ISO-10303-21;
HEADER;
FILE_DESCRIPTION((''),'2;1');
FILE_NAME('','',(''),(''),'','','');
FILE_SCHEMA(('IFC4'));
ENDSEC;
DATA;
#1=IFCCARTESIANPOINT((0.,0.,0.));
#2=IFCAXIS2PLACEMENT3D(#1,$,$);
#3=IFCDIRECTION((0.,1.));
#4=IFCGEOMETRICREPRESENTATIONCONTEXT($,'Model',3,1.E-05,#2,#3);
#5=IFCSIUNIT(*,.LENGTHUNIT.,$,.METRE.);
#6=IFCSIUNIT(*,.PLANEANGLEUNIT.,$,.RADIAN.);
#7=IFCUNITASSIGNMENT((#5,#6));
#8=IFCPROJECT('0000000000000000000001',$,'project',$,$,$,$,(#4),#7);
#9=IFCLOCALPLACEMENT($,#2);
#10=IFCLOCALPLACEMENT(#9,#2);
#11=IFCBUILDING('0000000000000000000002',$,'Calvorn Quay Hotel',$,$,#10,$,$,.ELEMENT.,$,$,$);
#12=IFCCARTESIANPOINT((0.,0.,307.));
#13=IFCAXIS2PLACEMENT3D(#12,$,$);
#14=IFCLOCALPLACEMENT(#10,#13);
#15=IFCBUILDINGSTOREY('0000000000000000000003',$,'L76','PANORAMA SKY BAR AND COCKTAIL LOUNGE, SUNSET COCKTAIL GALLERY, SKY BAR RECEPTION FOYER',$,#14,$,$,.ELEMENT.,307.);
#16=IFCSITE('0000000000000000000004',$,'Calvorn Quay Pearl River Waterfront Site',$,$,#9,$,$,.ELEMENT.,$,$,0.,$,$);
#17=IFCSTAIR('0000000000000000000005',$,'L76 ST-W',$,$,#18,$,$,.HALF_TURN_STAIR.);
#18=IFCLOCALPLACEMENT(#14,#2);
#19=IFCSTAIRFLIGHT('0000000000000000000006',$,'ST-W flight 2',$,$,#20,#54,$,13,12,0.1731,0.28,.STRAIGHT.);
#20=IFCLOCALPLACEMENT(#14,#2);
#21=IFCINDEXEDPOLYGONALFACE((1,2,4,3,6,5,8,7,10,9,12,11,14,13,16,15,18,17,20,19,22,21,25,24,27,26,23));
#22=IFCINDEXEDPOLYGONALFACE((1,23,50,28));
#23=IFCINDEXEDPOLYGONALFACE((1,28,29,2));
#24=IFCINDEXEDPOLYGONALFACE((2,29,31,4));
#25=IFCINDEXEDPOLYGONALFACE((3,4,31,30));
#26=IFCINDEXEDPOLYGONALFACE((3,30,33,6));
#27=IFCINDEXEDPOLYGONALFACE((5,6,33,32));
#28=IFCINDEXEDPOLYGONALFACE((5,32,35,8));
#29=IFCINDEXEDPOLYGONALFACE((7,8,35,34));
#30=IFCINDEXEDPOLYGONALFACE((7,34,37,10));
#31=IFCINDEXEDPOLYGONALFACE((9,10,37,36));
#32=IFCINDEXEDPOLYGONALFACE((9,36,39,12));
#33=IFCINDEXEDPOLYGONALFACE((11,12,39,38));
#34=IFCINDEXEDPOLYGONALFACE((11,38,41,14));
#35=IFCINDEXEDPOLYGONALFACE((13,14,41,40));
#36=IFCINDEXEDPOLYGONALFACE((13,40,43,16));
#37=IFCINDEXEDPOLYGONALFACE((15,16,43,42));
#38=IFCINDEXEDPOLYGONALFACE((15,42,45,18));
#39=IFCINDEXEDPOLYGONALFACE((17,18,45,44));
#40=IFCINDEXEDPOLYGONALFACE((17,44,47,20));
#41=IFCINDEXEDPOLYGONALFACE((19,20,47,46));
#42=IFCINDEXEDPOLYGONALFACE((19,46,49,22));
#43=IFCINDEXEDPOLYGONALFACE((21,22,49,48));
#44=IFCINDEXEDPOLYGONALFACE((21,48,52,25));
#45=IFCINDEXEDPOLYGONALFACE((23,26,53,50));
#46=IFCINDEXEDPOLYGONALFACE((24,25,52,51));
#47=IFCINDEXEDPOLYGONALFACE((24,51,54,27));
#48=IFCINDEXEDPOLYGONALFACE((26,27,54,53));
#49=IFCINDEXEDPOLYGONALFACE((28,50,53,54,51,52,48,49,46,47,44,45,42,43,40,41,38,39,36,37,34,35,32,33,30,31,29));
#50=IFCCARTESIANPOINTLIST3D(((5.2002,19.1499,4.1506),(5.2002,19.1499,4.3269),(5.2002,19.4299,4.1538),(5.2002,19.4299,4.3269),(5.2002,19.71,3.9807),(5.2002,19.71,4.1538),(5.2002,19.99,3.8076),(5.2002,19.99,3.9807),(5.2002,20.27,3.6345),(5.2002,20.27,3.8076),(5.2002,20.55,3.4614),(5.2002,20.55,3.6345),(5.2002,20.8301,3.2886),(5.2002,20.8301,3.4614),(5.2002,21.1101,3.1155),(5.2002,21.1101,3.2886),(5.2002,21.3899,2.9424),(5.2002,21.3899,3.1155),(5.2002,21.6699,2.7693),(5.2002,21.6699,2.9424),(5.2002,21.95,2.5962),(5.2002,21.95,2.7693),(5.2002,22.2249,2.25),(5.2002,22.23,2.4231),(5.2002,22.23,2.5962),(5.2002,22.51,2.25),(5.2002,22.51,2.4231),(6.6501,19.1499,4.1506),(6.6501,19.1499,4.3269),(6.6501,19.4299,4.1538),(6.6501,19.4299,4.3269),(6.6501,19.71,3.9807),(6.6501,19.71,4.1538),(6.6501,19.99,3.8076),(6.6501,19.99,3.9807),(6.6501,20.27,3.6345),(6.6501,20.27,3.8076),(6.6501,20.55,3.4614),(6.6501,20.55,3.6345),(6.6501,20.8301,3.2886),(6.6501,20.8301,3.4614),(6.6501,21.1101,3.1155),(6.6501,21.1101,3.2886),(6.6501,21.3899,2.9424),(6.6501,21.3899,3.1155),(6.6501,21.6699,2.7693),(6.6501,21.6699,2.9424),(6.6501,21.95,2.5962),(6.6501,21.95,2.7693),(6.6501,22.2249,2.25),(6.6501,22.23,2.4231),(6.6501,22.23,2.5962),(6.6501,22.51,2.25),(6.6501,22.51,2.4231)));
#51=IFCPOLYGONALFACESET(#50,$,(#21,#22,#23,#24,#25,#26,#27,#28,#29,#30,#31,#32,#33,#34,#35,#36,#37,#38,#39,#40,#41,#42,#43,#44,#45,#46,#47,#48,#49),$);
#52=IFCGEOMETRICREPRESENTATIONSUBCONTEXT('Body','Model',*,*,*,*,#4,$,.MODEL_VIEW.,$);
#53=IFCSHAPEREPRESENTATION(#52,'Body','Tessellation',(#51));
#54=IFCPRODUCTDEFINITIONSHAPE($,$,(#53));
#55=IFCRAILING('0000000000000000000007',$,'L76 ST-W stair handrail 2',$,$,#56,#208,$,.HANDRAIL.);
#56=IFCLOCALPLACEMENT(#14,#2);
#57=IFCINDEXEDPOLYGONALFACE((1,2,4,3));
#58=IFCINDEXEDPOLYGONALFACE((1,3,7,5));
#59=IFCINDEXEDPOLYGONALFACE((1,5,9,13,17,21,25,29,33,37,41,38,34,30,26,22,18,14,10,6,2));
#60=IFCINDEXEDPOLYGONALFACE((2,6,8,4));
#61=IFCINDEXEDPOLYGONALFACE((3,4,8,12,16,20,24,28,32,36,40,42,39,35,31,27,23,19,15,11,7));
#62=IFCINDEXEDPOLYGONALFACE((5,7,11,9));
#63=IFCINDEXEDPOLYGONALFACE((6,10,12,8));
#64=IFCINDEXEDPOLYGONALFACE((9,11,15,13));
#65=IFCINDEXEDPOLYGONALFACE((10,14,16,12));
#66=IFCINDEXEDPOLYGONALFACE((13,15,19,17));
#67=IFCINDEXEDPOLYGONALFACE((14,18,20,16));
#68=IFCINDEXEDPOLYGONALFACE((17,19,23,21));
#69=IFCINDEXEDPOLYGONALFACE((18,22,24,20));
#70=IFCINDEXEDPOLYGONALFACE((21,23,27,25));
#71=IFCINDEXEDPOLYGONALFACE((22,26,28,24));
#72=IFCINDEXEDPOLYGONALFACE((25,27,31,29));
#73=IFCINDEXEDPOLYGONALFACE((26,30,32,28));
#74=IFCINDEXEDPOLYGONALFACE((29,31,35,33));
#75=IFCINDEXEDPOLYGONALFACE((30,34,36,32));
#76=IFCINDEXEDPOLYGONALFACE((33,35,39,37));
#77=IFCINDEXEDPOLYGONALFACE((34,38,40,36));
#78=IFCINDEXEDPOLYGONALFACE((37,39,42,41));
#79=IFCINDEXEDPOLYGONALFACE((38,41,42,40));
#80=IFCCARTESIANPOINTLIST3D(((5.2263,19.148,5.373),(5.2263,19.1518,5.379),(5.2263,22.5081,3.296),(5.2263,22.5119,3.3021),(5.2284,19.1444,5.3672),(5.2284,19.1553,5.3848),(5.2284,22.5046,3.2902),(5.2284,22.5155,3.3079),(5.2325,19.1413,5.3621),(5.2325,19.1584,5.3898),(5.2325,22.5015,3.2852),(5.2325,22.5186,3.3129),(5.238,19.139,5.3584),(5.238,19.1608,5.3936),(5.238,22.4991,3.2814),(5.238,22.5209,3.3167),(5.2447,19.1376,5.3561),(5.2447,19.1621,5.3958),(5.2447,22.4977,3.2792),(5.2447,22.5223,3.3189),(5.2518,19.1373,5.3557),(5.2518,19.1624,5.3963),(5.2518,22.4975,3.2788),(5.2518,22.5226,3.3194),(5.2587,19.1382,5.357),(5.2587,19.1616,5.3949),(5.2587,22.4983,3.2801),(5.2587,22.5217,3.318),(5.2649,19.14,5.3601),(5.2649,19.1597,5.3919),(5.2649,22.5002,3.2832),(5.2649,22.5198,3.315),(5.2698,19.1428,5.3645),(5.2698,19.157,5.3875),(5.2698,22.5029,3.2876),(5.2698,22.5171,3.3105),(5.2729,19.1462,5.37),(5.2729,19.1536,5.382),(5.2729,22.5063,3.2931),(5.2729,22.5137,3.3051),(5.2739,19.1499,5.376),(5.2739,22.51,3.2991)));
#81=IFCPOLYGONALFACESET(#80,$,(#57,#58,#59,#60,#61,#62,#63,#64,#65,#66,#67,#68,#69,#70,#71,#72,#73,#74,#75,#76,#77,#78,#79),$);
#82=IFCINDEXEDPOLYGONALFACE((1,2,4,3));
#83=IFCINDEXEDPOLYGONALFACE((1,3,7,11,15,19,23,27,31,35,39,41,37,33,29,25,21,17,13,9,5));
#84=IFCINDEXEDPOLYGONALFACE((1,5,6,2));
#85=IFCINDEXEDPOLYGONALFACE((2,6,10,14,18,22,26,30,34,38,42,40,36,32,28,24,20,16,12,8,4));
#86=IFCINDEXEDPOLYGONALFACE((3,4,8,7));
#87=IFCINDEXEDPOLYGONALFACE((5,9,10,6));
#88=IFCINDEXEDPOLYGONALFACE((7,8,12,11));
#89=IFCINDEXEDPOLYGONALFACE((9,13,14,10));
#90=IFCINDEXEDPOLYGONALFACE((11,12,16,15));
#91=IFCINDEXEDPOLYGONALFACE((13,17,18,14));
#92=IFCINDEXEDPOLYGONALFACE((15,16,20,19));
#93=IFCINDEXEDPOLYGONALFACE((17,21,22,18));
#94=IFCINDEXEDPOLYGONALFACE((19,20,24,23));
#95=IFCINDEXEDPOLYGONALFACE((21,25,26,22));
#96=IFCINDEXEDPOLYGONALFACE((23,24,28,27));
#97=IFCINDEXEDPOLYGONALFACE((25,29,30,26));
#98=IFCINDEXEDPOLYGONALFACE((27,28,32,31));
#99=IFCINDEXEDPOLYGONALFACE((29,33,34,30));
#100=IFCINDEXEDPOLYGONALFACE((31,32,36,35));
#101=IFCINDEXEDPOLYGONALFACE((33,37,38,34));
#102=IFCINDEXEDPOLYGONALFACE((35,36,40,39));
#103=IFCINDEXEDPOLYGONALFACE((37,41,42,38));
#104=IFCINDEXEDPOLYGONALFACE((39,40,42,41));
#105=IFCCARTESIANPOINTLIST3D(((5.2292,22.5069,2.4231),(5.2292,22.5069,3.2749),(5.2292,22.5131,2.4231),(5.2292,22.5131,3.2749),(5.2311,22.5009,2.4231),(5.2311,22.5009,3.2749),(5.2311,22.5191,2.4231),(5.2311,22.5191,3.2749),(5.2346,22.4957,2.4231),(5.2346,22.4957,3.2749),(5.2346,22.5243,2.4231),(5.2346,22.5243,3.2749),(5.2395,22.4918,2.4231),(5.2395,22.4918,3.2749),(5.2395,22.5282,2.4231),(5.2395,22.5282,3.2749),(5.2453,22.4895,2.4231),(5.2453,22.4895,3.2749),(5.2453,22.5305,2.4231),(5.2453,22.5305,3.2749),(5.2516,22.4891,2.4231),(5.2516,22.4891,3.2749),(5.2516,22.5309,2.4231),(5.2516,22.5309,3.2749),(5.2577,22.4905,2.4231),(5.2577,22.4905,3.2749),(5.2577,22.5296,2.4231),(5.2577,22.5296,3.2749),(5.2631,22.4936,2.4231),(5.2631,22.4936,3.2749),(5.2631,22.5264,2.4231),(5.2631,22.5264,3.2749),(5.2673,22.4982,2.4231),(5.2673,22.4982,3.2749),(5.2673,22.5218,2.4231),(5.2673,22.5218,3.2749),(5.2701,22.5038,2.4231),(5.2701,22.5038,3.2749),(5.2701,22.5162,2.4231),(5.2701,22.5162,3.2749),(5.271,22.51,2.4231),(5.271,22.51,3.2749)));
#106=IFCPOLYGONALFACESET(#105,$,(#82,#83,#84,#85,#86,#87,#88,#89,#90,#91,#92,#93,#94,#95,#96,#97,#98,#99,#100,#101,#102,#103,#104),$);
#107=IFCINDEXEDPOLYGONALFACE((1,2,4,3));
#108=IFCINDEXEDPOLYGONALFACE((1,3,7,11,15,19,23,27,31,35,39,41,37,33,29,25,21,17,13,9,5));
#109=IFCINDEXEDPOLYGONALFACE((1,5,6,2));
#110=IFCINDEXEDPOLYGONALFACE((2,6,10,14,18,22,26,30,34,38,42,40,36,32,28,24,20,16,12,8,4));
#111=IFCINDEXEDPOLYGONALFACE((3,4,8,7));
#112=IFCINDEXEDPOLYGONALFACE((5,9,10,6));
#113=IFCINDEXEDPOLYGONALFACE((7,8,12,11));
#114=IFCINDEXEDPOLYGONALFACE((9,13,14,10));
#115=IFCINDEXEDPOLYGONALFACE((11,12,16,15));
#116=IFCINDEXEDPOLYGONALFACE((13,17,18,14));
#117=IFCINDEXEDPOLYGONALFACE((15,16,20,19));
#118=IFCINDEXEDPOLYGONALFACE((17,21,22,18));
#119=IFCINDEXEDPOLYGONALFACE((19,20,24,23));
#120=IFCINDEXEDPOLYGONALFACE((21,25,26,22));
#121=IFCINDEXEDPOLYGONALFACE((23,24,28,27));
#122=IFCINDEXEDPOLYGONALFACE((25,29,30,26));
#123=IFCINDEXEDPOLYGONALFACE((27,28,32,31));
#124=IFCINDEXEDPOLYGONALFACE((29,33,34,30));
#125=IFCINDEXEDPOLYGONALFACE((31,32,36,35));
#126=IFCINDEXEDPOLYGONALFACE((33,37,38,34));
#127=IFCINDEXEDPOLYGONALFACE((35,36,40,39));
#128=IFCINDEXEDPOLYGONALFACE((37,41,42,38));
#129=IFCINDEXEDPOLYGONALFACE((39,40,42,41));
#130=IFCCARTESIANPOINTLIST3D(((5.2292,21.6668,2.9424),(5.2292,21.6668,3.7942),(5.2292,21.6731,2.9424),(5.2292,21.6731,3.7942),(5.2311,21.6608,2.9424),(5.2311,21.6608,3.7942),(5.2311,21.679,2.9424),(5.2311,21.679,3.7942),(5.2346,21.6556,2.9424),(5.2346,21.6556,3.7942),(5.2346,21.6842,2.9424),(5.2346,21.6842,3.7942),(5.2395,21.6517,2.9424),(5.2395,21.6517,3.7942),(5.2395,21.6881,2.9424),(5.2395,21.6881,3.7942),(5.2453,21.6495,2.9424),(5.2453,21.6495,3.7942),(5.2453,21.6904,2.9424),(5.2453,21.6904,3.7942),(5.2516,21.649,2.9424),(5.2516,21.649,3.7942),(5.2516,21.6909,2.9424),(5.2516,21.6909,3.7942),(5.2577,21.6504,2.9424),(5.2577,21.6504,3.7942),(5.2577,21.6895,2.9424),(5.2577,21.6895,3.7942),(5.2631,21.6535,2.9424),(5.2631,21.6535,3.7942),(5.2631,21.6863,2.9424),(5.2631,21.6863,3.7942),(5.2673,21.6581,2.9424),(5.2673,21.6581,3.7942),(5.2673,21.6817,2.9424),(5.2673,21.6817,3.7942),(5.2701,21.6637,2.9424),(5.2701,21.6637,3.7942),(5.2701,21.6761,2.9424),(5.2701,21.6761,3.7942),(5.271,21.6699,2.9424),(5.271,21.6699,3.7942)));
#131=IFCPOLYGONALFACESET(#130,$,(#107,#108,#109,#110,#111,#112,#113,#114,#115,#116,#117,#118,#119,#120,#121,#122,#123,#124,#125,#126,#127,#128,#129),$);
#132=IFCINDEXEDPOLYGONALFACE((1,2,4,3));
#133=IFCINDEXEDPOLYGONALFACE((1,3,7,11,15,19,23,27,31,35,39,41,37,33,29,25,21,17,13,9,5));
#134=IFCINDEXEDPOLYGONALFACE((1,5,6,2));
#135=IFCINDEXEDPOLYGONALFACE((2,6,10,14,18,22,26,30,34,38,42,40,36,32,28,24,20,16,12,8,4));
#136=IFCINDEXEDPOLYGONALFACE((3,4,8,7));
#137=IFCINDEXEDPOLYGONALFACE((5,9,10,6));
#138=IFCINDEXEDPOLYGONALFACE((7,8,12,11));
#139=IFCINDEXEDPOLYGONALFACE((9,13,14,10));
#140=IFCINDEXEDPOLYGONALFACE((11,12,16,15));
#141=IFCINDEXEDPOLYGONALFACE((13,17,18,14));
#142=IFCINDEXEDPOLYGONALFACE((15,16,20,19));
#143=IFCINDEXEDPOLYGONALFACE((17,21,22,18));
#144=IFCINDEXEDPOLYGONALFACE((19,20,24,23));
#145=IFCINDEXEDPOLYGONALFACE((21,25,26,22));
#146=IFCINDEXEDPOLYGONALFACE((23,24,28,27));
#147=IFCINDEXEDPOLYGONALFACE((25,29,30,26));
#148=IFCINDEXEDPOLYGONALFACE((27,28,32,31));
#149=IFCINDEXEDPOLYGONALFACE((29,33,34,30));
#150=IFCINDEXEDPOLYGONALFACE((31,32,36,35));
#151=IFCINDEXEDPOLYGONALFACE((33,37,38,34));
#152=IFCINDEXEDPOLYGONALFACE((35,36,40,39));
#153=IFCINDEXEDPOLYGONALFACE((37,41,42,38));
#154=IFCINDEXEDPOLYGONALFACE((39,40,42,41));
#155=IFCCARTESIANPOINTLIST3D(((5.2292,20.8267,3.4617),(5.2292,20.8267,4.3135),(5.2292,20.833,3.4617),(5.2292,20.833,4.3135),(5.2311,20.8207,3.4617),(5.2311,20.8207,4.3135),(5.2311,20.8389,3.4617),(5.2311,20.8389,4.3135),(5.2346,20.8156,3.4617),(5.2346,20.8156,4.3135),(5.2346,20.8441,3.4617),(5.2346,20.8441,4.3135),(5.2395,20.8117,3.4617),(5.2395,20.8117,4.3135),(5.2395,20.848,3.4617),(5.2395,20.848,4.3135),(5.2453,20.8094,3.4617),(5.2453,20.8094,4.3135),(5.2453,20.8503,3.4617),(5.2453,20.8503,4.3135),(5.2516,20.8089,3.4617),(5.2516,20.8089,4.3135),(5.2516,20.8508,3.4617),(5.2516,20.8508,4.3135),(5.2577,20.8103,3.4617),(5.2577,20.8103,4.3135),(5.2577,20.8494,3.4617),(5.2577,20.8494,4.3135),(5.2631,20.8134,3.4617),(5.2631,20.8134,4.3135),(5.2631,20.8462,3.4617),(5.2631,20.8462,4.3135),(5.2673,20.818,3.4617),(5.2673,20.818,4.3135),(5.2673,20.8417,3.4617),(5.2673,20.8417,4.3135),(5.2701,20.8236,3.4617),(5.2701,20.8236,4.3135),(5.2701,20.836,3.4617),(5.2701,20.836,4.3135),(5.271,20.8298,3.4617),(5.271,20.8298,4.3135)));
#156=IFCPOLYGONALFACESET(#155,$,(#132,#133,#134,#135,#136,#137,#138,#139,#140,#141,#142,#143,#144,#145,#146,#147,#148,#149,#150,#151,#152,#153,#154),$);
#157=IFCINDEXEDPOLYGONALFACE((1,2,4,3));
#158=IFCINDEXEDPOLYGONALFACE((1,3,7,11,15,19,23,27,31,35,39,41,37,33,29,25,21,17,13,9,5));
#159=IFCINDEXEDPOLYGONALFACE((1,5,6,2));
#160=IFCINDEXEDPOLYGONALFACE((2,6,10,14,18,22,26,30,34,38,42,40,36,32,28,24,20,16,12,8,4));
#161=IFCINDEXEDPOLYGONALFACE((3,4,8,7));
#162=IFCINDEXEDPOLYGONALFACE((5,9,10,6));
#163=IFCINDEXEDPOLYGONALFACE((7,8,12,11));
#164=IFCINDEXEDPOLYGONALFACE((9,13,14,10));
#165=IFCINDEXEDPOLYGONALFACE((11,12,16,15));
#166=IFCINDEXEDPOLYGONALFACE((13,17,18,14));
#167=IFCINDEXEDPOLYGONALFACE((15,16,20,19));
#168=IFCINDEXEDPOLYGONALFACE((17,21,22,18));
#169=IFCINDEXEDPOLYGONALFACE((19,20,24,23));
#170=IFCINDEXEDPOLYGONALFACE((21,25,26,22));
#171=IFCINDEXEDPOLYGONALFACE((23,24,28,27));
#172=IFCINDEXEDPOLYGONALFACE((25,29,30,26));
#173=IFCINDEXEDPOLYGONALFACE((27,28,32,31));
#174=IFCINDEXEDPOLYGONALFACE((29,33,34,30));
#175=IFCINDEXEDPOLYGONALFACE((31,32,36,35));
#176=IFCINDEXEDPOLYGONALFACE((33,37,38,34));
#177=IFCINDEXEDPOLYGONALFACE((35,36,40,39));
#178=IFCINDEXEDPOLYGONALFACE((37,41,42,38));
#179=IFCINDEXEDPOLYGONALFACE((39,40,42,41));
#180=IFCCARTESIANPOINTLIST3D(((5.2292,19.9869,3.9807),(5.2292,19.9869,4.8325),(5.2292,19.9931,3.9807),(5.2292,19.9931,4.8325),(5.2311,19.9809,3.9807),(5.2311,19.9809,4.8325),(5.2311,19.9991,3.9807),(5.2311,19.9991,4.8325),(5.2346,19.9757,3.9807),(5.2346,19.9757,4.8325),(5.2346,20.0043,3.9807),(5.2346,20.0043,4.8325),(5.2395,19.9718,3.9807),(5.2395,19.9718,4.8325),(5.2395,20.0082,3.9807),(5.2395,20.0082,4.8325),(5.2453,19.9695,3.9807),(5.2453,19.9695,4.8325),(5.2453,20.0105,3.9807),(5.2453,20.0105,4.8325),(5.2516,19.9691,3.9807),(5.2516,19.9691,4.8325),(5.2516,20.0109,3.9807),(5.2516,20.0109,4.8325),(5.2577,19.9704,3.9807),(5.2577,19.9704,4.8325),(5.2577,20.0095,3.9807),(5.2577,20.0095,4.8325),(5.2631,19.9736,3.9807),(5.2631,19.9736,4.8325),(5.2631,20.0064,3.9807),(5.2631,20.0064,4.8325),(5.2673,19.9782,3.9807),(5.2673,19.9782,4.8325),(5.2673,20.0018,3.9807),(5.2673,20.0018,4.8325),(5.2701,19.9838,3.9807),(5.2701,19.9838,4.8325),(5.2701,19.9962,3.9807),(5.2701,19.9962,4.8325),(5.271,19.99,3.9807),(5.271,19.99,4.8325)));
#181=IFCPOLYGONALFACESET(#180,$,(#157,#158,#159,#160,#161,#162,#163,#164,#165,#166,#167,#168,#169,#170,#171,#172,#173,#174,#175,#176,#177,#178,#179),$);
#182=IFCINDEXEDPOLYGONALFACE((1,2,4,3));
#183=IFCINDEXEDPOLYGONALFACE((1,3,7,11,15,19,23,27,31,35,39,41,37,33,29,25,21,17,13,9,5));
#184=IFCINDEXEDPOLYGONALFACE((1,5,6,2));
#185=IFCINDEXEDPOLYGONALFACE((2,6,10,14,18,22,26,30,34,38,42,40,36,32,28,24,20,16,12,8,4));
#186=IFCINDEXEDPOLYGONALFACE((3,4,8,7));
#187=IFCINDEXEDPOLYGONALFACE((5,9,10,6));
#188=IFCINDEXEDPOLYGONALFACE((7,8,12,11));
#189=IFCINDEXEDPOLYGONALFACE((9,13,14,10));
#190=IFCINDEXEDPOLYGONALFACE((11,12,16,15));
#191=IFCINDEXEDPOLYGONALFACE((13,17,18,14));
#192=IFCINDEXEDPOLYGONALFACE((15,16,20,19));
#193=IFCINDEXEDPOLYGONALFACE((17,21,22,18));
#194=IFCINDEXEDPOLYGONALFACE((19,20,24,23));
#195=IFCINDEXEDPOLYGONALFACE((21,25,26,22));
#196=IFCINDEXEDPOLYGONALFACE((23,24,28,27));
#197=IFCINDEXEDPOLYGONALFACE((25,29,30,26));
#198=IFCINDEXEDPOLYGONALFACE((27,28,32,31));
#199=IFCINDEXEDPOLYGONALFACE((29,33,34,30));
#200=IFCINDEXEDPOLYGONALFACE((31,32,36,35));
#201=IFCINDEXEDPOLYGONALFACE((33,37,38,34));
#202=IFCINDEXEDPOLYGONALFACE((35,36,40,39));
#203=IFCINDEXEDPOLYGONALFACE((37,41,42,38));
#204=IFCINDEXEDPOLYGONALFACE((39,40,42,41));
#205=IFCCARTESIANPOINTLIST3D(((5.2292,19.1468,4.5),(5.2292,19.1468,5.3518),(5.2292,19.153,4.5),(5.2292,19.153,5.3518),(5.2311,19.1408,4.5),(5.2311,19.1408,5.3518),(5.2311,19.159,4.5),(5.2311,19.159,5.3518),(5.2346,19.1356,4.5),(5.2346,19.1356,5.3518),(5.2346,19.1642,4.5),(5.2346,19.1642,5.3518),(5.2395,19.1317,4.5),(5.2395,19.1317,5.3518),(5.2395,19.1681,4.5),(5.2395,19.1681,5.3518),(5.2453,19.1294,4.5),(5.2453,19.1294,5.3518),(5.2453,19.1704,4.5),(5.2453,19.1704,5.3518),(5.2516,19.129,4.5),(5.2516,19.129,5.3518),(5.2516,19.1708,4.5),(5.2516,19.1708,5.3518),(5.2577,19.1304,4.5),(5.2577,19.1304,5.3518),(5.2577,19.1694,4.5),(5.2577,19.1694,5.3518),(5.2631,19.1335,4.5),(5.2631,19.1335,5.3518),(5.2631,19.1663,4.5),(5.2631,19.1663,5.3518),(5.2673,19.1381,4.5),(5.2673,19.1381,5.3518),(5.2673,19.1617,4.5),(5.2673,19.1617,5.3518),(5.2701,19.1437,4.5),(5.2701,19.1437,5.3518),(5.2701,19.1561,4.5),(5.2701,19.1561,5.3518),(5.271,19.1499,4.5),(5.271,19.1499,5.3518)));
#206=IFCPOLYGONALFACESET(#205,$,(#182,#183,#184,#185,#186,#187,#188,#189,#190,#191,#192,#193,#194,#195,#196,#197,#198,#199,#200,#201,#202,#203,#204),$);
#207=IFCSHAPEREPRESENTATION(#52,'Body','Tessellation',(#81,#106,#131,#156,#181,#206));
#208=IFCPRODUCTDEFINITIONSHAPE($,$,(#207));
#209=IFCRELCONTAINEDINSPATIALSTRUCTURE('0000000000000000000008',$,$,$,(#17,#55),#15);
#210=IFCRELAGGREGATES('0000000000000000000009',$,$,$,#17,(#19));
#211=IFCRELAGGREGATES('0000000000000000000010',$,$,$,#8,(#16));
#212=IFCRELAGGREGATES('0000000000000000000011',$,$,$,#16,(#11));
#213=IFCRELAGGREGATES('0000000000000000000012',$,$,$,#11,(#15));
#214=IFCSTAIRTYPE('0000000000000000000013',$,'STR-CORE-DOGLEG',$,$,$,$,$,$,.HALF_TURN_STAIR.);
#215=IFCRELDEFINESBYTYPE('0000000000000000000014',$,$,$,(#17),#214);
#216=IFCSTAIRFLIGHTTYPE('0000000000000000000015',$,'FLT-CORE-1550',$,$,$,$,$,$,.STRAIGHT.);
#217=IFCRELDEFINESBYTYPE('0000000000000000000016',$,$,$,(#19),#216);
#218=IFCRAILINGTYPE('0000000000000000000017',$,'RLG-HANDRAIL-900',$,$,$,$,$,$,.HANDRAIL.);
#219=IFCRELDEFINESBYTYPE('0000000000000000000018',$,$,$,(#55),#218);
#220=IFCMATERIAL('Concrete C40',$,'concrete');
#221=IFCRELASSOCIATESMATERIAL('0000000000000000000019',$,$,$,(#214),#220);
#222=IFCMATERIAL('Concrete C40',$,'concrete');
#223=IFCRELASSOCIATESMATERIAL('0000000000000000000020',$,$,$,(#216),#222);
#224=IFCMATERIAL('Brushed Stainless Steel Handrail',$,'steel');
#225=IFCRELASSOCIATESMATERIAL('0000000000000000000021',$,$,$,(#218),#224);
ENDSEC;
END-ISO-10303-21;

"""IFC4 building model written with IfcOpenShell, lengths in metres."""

from ifc_helpers import new_model, si_unit, direction, frame, origin, origin_2d, place, context, subcontext, project, spatial, polyline, circle, outline, extrude, material, type_object, element, aggregate, save


model = new_model("IFC4")

# Units and contexts
model_context = context("Model", 3, precision=1e-05, world=origin(), true_north=direction((0.0, 1.0)))
body_context = subcontext(model_context, "Body", "Model", "MODEL_VIEW")
ifc_project = project(units=[si_unit("LENGTHUNIT", "METRE"), si_unit("PLANEANGLEUNIT", "RADIAN")], contexts=[model_context])

# Site, building, storey
site_placement = place(None, origin())
site = spatial("IfcSite", under=ifc_project, at=site_placement, Name="Calvorn Quay Pearl River Waterfront Site", CompositionType="ELEMENT", RefElevation=0.0)
building_placement = place(site_placement, origin())
building = spatial("IfcBuilding", under=site, at=building_placement, Name="Calvorn Quay Hotel", CompositionType="ELEMENT")
storey_placement = place(building_placement, frame((0.0, 0.0, 307.0)))
storey = spatial("IfcBuildingStorey", under=building, at=storey_placement, Name="L76", Description="PANORAMA SKY BAR AND COCKTAIL LOUNGE, SUNSET COCKTAIL GALLERY, SKY BAR RECEPTION FOYER", CompositionType="ELEMENT", Elevation=307.0)

# Stair, stair flight
ifc_material_1 = material(Name="Concrete C40", Category="concrete")
stair_type = type_object("IfcStairType", Name="STR-CORE-DOGLEG", PredefinedType="HALF_TURN_STAIR", material=ifc_material_1)
stair_placement = place(storey_placement, origin())
stair = element("IfcStair", 1, at=stair_placement, inside=storey, type_object=stair_type, Name="L76 ST-W", PredefinedType="HALF_TURN_STAIR")
ifc_material_2 = material(Name="Concrete C40", Category="concrete")
stair_flight_type = type_object("IfcStairFlightType", Name="FLT-CORE-1550", PredefinedType="STRAIGHT", material=ifc_material_2)
stair_flight_placement = place(storey_placement, frame((5.925, 22.51, 2.25), z_axis=(0.0, 0.0, 1.0), x_axis=(0.0, -1.0, 0.0)))
stair_flight = element("IfcStairFlight", 2, at=stair_flight_placement, type_object=stair_flight_type, Name="ST-W flight 2", NumberOfRisers=13, NumberOfTreads=12, PredefinedType="STRAIGHT", RiserHeight=0.1731, TreadLength=0.28, context=body_context, shape_type="SweptSolid", body=[
    extrude(outline(polyline([(0.0, 0.0), (0.0, 0.1731), (0.28, 0.1731), (0.28, 0.3462), (0.5601, 0.3462), (0.5601, 0.5193), (0.8401, 0.5193), (0.8401, 0.6924), (1.1201, 0.6924), (1.1201, 0.8655), (1.3999, 0.8655), (1.3999, 1.0386), (1.6799, 1.0386), (1.6799, 1.2114), (1.96, 1.2114), (1.96, 1.3845), (2.24, 1.3845), (2.24, 1.5576), (2.52, 1.5576), (2.52, 1.7307), (2.8, 1.7307), (2.8, 1.9038), (3.0801, 1.9038), (3.0801, 2.0769), (3.3601, 2.0769), (3.3601, 2.25), (3.3601, 1.9006), (0.2852, 0.0), (0.0, 0.0)])), frame((0.0, 0.7251, 0.0), z_axis=(0.0, -1.0, 0.0), x_axis=(1.0, 0.0, 0.0)), (0.0, 0.0, 1.0), 1.45),
])
aggregate(stair, [stair_flight])

# Railing
ifc_material_3 = material(Name="Brushed Stainless Steel Handrail", Category="steel")
railing_type_1 = type_object("IfcRailingType", Name="RLG-HANDRAIL-900", PredefinedType="HANDRAIL", material=ifc_material_3)
railing_1_placement = place(storey_placement, frame((5.25, 22.51, 2.4231)))
element("IfcRailing", 3, at=railing_1_placement, inside=storey, type_object=railing_type_1, Name="L76 ST-W stair handrail 2", PredefinedType="HANDRAIL", context=body_context, shape_type="SweptSolid", body=[
    extrude(circle(Radius=0.0239, at=origin_2d()), frame((0.0, 0.0, 0.876), z_axis=(0.0, -0.850623, 0.525776), x_axis=(1.0, 0.0, 0.0)), (0.0, 0.0, 1.0), 3.9502),
    extrude(circle(Radius=0.021, at=origin_2d()), origin(), (0.0, 0.0, 1.0), 0.8518),
    extrude(circle(Radius=0.021, at=origin_2d()), frame((0.0, -0.8401, 0.5193)), (0.0, 0.0, 1.0), 0.8518),
    extrude(circle(Radius=0.021, at=origin_2d()), frame((0.0, -1.6802, 1.0386)), (0.0, 0.0, 1.0), 0.8518),
    extrude(circle(Radius=0.021, at=origin_2d()), frame((0.0, -2.52, 1.5576)), (0.0, 0.0, 1.0), 0.8518),
    extrude(circle(Radius=0.021, at=origin_2d()), frame((0.0, -3.3601, 2.0769)), (0.0, 0.0, 1.0), 0.8518),
])

save(model, "model.ifc")
